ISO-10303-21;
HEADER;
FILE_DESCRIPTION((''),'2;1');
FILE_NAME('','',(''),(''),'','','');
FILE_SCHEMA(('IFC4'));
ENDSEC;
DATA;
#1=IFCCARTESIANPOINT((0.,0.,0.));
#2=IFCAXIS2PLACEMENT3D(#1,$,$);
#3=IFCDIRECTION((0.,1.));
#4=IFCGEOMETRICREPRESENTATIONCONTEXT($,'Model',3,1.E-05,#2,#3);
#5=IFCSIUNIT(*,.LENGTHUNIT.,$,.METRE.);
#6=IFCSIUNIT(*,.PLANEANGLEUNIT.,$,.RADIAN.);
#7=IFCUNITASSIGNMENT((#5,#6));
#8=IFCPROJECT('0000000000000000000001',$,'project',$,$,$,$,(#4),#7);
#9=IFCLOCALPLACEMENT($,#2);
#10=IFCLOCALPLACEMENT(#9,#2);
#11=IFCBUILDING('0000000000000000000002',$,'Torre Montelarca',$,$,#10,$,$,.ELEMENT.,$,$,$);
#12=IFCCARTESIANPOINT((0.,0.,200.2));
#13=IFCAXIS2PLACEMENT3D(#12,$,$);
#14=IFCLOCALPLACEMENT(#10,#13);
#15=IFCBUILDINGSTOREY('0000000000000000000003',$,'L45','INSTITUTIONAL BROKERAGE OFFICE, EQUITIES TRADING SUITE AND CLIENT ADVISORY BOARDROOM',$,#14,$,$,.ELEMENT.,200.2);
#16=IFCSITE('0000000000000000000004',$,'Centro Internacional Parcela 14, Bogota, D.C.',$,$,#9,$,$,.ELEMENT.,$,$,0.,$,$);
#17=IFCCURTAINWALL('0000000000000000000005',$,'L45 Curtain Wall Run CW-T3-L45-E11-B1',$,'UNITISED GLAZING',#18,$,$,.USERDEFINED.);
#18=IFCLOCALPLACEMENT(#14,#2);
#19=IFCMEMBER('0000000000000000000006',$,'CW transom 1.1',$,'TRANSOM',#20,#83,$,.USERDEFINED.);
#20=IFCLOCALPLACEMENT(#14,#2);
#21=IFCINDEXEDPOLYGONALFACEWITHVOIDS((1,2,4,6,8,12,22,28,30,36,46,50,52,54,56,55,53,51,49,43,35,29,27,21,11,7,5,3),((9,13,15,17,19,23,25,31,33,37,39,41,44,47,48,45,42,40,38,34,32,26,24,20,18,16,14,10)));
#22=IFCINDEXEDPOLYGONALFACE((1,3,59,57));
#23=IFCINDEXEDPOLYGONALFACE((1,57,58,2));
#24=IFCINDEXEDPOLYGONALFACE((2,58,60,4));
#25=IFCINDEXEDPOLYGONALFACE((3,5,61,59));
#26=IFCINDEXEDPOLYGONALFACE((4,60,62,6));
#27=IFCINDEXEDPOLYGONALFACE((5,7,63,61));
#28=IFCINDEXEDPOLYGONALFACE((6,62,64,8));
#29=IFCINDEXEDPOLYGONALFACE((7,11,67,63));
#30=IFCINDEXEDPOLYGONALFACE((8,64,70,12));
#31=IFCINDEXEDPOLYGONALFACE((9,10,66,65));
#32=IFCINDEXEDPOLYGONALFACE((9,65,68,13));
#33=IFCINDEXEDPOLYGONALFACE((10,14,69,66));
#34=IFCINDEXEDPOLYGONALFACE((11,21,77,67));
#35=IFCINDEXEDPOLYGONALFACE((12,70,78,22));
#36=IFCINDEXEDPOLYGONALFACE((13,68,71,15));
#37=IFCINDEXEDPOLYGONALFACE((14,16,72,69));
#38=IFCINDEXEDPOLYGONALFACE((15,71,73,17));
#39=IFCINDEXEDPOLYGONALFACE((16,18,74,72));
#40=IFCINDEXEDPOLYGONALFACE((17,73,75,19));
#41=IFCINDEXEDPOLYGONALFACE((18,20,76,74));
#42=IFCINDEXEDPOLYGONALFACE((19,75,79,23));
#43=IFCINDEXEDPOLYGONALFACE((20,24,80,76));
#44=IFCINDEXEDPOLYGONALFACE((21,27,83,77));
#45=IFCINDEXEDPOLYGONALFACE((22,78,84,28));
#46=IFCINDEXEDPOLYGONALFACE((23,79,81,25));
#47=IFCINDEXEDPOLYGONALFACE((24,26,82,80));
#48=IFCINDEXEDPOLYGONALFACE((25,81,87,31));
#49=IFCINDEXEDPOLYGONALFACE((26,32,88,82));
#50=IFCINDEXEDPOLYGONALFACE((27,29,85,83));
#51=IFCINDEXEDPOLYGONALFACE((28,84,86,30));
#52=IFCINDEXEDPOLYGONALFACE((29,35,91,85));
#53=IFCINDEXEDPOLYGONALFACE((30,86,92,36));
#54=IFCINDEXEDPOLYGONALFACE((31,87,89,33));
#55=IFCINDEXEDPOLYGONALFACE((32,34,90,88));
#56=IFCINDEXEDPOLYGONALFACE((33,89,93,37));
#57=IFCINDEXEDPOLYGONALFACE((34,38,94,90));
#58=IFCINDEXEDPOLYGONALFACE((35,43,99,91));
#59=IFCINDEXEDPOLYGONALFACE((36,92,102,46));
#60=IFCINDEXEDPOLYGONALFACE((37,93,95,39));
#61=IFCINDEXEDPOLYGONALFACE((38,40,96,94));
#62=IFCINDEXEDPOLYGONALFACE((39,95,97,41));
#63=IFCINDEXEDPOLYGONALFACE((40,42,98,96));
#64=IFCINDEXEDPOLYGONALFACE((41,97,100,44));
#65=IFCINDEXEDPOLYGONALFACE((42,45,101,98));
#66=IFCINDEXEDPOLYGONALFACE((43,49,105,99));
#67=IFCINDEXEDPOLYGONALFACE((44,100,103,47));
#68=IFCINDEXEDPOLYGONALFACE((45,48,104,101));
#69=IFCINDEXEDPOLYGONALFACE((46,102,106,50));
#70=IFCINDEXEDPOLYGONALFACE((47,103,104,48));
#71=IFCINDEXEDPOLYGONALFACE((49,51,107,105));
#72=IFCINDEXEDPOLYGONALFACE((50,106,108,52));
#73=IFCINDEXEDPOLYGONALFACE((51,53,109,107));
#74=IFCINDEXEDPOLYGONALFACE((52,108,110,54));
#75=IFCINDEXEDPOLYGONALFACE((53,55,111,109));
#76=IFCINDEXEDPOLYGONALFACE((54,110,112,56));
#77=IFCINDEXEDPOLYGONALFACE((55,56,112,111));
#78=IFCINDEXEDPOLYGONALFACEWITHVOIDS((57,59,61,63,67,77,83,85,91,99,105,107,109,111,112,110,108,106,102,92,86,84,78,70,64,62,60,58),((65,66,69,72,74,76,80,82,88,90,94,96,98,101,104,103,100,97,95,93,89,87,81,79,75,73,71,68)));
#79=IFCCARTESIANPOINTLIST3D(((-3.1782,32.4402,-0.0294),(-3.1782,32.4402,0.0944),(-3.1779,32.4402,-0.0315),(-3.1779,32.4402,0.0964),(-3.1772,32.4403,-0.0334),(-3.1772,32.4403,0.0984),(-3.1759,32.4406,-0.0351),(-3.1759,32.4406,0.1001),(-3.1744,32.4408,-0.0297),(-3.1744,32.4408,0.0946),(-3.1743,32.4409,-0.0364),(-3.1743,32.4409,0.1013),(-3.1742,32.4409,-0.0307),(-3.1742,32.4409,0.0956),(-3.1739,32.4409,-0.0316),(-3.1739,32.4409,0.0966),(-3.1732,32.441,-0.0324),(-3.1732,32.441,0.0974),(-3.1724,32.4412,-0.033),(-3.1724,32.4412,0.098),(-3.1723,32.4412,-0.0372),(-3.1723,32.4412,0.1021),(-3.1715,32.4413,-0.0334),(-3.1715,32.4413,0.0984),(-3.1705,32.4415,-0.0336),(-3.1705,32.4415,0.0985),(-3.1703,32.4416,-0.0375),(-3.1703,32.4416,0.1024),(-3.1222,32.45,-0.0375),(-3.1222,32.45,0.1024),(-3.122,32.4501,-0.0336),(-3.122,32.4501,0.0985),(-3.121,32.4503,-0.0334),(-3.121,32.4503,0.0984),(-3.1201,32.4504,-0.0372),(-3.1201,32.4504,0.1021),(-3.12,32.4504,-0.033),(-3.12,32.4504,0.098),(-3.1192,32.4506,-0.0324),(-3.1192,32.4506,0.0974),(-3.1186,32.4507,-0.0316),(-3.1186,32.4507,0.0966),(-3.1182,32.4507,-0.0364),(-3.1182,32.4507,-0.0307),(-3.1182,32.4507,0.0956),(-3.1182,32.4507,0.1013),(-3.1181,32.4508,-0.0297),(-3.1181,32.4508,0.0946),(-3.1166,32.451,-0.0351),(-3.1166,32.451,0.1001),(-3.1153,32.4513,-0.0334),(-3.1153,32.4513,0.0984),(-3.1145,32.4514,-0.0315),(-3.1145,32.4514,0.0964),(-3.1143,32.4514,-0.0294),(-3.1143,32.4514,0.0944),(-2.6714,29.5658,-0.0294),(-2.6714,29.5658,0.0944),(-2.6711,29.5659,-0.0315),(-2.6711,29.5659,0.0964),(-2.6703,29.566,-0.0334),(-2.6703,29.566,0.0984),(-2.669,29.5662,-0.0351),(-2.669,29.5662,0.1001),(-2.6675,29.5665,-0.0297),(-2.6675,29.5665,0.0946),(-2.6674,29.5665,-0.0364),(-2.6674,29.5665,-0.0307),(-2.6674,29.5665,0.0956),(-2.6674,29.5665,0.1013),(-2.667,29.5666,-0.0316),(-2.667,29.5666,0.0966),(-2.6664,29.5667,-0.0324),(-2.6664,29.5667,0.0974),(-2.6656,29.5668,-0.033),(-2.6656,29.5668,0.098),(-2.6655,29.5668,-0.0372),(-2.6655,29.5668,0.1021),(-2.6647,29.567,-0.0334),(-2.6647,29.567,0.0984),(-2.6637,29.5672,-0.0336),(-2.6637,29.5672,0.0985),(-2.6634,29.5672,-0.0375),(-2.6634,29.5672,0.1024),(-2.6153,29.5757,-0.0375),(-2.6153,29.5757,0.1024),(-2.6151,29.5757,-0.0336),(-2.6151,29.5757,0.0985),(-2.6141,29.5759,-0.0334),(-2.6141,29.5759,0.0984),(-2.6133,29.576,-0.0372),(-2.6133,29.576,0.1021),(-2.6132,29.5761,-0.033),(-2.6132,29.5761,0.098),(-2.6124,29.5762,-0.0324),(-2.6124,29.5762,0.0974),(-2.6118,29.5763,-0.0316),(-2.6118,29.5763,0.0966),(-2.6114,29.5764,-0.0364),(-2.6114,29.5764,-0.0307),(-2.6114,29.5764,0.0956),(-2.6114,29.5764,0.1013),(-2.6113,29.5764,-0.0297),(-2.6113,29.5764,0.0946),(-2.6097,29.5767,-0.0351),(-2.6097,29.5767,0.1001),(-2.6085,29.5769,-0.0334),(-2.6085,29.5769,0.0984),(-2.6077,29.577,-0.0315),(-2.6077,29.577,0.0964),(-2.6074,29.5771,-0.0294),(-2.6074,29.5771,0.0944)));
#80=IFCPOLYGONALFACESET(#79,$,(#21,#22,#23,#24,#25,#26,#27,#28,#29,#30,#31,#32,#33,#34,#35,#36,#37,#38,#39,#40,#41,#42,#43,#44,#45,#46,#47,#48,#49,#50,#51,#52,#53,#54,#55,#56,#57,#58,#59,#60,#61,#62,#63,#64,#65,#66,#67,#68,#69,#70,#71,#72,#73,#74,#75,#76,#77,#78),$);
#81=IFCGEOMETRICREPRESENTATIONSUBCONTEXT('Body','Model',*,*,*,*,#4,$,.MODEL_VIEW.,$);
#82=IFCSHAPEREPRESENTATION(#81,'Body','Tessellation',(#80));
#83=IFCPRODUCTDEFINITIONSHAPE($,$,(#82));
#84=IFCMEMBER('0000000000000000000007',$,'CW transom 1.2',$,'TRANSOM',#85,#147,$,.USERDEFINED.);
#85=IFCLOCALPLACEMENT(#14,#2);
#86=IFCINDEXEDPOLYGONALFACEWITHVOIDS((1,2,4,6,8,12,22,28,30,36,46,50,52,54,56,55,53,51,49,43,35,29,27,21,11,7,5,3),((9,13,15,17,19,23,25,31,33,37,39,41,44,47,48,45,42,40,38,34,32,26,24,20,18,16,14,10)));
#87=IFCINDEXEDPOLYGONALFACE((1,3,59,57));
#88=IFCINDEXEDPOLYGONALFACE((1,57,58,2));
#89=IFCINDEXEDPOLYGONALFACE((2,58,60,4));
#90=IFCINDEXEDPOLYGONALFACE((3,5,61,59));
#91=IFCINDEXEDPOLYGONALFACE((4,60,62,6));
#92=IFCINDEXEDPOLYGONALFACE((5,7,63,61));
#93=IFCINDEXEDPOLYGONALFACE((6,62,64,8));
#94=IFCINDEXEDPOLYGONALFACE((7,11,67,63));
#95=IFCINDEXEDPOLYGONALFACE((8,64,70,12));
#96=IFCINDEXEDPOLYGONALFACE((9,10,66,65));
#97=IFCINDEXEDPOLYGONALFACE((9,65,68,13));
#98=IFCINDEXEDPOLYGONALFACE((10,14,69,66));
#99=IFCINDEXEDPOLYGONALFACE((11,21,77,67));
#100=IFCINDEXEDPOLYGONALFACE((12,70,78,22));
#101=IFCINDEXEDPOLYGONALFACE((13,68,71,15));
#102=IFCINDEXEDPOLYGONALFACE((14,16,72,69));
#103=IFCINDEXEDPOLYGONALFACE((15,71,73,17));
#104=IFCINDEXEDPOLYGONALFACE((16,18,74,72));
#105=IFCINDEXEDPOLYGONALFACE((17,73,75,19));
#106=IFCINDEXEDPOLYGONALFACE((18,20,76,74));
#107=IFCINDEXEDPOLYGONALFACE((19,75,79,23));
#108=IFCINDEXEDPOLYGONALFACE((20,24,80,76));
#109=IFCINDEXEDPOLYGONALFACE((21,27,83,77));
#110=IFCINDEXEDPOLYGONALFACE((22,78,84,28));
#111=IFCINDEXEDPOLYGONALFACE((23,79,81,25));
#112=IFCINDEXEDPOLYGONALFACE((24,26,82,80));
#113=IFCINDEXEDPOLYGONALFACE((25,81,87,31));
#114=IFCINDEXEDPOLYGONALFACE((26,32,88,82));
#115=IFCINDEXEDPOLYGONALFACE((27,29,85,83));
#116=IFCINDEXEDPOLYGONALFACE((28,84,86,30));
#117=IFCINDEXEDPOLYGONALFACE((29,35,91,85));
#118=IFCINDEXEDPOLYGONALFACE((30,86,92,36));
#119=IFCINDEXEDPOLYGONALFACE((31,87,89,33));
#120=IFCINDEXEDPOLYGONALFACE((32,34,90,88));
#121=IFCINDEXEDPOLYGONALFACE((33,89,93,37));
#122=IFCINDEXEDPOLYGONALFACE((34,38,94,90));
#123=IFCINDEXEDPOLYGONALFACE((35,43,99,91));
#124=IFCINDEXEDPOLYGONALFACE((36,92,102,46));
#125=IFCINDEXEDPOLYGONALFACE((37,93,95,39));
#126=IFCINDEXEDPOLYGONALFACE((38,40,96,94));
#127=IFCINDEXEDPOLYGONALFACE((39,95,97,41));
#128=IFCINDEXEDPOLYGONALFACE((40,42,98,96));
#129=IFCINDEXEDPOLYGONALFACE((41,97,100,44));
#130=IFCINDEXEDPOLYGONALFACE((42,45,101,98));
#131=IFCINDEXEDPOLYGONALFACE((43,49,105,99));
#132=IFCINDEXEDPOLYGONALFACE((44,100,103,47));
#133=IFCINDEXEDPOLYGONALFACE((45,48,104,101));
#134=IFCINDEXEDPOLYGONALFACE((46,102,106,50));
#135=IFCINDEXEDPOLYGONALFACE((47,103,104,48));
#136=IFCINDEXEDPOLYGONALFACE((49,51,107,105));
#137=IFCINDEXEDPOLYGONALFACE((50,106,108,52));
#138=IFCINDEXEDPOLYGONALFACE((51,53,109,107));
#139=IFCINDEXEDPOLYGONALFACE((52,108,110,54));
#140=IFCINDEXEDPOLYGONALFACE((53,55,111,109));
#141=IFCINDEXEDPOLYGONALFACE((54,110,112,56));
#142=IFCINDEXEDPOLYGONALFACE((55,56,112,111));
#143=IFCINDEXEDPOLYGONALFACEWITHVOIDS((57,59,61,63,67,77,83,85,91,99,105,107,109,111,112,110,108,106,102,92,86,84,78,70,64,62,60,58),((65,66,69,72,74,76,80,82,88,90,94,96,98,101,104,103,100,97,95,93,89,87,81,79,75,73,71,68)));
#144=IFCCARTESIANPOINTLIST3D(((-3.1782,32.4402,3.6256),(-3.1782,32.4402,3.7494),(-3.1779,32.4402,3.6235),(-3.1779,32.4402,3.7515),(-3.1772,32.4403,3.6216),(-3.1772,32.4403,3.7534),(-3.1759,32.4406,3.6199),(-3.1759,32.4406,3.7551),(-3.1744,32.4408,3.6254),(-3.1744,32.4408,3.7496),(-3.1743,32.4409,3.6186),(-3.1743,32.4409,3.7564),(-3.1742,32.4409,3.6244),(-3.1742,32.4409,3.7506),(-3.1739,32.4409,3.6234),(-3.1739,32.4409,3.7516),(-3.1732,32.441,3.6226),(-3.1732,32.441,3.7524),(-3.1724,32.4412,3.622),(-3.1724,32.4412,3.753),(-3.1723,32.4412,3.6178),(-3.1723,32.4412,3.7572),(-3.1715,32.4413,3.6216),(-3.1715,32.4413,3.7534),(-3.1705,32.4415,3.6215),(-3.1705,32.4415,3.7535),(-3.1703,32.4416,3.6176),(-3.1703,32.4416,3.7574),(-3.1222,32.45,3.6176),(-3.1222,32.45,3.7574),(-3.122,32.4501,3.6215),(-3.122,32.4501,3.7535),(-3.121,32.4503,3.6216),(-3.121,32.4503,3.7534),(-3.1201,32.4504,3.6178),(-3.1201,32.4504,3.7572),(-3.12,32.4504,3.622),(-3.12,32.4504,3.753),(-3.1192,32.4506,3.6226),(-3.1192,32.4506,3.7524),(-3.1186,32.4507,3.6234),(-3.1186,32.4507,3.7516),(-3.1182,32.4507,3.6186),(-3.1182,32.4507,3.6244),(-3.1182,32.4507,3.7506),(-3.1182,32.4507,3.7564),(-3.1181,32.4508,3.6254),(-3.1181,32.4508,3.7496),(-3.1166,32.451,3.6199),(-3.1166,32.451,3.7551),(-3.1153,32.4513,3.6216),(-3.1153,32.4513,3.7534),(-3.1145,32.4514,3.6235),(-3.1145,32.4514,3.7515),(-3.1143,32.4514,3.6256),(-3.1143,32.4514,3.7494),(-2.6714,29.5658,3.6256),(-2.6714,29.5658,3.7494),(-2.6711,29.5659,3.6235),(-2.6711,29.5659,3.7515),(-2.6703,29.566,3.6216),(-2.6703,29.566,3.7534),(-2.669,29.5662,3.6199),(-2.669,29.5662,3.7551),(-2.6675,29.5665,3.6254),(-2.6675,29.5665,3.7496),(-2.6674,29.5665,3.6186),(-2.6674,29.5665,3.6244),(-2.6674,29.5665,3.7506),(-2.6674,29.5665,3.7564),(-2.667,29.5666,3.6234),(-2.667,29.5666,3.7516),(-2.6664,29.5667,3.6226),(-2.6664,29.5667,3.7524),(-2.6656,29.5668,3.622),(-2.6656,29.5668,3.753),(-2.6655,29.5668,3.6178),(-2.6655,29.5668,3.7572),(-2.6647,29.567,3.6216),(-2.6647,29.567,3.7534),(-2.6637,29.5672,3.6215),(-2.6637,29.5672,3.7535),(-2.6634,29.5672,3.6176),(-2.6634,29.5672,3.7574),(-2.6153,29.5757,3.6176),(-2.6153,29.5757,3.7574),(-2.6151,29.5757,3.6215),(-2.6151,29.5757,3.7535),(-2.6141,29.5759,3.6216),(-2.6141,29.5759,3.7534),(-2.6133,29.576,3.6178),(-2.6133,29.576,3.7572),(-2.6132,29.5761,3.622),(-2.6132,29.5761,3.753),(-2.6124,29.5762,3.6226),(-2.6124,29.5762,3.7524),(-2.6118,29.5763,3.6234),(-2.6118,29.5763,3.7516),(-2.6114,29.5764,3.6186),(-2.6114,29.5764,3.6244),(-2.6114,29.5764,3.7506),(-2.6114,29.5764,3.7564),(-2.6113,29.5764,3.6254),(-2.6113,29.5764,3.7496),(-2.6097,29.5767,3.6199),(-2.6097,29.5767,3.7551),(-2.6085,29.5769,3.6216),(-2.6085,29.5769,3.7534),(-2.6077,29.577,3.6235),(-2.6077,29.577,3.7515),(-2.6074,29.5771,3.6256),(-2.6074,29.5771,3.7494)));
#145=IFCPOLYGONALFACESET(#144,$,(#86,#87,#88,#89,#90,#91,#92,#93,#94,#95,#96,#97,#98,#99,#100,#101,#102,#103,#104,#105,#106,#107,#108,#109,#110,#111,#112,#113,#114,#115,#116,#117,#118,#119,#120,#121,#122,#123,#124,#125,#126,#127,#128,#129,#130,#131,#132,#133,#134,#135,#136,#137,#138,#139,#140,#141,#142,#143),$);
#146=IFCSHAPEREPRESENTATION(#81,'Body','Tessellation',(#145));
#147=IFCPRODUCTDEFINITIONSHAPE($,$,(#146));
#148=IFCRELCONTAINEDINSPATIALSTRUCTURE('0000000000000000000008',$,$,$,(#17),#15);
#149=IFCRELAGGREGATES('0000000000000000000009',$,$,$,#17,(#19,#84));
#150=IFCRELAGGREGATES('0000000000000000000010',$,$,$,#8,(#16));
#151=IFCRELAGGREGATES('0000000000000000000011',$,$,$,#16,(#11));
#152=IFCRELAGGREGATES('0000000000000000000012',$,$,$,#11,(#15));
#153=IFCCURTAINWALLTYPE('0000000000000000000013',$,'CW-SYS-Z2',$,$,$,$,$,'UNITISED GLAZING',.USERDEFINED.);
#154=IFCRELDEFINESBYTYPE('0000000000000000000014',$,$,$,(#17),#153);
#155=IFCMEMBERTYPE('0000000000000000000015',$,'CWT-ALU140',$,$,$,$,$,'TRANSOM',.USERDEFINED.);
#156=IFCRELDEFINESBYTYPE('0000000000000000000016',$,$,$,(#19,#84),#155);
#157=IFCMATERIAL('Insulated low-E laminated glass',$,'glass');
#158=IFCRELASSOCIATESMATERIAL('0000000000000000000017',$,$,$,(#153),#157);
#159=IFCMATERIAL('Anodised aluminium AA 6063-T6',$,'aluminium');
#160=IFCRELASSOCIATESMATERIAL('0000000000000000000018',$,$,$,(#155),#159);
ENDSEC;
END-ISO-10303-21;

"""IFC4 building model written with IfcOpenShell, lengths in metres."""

from ifc_helpers import new_model, si_unit, direction, frame, origin, origin_2d, place, context, subcontext, project, spatial, hollow_rectangle, extrude, source, transform, mapped, material, material_profile, profile_set, type_object, element, aggregate, save


model = new_model("IFC4")

# Units and contexts
model_context = context("Model", 3, precision=1e-05, world=origin(), true_north=direction((0.0, 1.0)))
body_context = subcontext(model_context, "Body", "Model", "MODEL_VIEW")
ifc_project = project(units=[si_unit("LENGTHUNIT", "METRE"), si_unit("PLANEANGLEUNIT", "RADIAN")], contexts=[model_context])

# Site, building, storey
site_placement = place(None, origin())
site = spatial("IfcSite", under=ifc_project, at=site_placement, Name="Centro Internacional Parcela 14, Bogota, D.C.", CompositionType="ELEMENT", RefElevation=0.0)
building_placement = place(site_placement, origin())
building = spatial("IfcBuilding", under=site, at=building_placement, Name="Torre Montelarca", CompositionType="ELEMENT")
storey_placement = place(building_placement, frame((0.0, 0.0, 200.2)))
storey = spatial("IfcBuildingStorey", under=building, at=storey_placement, Name="L45", Description="INSTITUTIONAL BROKERAGE OFFICE, EQUITIES TRADING SUITE AND CLIENT ADVISORY BOARDROOM", CompositionType="ELEMENT", Elevation=200.2)

# Curtain wall, members
ifc_material_1 = material(Name="Insulated low-E laminated glass", Category="glass")
curtain_wall_type = type_object("IfcCurtainWallType", Name="CW-SYS-Z2", ElementType="UNITISED GLAZING", PredefinedType="USERDEFINED", material=ifc_material_1)
curtain_wall_1_placement = place(storey_placement, origin())
curtain_wall_1 = element("IfcCurtainWall", 1, at=curtain_wall_1_placement, inside=storey, type_object=curtain_wall_type, Name="L45 Curtain Wall Run CW-T3-L45-E11-B1", ObjectType="UNITISED GLAZING", PredefinedType="USERDEFINED")
ifc_material_2 = material(Name="Anodised aluminium AA 6063-T6", Category="aluminium")
ifc_material_profile_1 = material_profile(ifc_material_2, hollow_rectangle(XDim=0.0649, YDim=0.1399, WallThickness=0.0039, InnerFilletRadius=0.0039, OuterFilletRadius=0.0081, at=origin_2d()), Name="ALU65X140X4", Category="aluminium")
ifc_profile_set_1 = profile_set([ifc_material_profile_1], Name="Anodised aluminium AA 6063-T6")
member_type_1 = type_object("IfcMemberType", Name="CWT-ALU140", ElementType="TRANSOM", PredefinedType="USERDEFINED", material=ifc_profile_set_1)
shared_shape_1 = source(origin(), body_context, "Body", "SweptSolid", [
    extrude(hollow_rectangle(XDim=0.0649, YDim=0.1399, WallThickness=0.0039, InnerFilletRadius=0.0039, OuterFilletRadius=0.0081, at=origin_2d()), origin(), (0.0, 0.0, 1.0), 2.9187),
])
member_1_placement = place(storey_placement, frame((-3.1462, 32.4458, 0.0325), z_axis=(0.173656, -0.984806, 0.0), x_axis=(0.984806, 0.173656, 0.0)))
member_1 = element("IfcMember", 2, at=member_1_placement, type_object=member_type_1, Name="CW transom 1.1", ObjectType="TRANSOM", PredefinedType="USERDEFINED", context=body_context, shape_type="MappedRepresentation", body=[
    mapped(shared_shape_1, transform((0.0, 0.0, 0.0), scale=1.0)),
])
member_2_placement = place(storey_placement, frame((-3.1462, 32.4458, 3.6875), z_axis=(0.173656, -0.984806, 0.0), x_axis=(0.984806, 0.173656, 0.0)))
member_2 = element("IfcMember", 3, at=member_2_placement, type_object=member_type_1, Name="CW transom 1.2", ObjectType="TRANSOM", PredefinedType="USERDEFINED", context=body_context, shape_type="MappedRepresentation", body=[
    mapped(shared_shape_1, transform((0.0, 0.0, 0.0), scale=1.0)),
])

aggregate(curtain_wall_1, [member_1, member_2])

save(model, "model.ifc")
